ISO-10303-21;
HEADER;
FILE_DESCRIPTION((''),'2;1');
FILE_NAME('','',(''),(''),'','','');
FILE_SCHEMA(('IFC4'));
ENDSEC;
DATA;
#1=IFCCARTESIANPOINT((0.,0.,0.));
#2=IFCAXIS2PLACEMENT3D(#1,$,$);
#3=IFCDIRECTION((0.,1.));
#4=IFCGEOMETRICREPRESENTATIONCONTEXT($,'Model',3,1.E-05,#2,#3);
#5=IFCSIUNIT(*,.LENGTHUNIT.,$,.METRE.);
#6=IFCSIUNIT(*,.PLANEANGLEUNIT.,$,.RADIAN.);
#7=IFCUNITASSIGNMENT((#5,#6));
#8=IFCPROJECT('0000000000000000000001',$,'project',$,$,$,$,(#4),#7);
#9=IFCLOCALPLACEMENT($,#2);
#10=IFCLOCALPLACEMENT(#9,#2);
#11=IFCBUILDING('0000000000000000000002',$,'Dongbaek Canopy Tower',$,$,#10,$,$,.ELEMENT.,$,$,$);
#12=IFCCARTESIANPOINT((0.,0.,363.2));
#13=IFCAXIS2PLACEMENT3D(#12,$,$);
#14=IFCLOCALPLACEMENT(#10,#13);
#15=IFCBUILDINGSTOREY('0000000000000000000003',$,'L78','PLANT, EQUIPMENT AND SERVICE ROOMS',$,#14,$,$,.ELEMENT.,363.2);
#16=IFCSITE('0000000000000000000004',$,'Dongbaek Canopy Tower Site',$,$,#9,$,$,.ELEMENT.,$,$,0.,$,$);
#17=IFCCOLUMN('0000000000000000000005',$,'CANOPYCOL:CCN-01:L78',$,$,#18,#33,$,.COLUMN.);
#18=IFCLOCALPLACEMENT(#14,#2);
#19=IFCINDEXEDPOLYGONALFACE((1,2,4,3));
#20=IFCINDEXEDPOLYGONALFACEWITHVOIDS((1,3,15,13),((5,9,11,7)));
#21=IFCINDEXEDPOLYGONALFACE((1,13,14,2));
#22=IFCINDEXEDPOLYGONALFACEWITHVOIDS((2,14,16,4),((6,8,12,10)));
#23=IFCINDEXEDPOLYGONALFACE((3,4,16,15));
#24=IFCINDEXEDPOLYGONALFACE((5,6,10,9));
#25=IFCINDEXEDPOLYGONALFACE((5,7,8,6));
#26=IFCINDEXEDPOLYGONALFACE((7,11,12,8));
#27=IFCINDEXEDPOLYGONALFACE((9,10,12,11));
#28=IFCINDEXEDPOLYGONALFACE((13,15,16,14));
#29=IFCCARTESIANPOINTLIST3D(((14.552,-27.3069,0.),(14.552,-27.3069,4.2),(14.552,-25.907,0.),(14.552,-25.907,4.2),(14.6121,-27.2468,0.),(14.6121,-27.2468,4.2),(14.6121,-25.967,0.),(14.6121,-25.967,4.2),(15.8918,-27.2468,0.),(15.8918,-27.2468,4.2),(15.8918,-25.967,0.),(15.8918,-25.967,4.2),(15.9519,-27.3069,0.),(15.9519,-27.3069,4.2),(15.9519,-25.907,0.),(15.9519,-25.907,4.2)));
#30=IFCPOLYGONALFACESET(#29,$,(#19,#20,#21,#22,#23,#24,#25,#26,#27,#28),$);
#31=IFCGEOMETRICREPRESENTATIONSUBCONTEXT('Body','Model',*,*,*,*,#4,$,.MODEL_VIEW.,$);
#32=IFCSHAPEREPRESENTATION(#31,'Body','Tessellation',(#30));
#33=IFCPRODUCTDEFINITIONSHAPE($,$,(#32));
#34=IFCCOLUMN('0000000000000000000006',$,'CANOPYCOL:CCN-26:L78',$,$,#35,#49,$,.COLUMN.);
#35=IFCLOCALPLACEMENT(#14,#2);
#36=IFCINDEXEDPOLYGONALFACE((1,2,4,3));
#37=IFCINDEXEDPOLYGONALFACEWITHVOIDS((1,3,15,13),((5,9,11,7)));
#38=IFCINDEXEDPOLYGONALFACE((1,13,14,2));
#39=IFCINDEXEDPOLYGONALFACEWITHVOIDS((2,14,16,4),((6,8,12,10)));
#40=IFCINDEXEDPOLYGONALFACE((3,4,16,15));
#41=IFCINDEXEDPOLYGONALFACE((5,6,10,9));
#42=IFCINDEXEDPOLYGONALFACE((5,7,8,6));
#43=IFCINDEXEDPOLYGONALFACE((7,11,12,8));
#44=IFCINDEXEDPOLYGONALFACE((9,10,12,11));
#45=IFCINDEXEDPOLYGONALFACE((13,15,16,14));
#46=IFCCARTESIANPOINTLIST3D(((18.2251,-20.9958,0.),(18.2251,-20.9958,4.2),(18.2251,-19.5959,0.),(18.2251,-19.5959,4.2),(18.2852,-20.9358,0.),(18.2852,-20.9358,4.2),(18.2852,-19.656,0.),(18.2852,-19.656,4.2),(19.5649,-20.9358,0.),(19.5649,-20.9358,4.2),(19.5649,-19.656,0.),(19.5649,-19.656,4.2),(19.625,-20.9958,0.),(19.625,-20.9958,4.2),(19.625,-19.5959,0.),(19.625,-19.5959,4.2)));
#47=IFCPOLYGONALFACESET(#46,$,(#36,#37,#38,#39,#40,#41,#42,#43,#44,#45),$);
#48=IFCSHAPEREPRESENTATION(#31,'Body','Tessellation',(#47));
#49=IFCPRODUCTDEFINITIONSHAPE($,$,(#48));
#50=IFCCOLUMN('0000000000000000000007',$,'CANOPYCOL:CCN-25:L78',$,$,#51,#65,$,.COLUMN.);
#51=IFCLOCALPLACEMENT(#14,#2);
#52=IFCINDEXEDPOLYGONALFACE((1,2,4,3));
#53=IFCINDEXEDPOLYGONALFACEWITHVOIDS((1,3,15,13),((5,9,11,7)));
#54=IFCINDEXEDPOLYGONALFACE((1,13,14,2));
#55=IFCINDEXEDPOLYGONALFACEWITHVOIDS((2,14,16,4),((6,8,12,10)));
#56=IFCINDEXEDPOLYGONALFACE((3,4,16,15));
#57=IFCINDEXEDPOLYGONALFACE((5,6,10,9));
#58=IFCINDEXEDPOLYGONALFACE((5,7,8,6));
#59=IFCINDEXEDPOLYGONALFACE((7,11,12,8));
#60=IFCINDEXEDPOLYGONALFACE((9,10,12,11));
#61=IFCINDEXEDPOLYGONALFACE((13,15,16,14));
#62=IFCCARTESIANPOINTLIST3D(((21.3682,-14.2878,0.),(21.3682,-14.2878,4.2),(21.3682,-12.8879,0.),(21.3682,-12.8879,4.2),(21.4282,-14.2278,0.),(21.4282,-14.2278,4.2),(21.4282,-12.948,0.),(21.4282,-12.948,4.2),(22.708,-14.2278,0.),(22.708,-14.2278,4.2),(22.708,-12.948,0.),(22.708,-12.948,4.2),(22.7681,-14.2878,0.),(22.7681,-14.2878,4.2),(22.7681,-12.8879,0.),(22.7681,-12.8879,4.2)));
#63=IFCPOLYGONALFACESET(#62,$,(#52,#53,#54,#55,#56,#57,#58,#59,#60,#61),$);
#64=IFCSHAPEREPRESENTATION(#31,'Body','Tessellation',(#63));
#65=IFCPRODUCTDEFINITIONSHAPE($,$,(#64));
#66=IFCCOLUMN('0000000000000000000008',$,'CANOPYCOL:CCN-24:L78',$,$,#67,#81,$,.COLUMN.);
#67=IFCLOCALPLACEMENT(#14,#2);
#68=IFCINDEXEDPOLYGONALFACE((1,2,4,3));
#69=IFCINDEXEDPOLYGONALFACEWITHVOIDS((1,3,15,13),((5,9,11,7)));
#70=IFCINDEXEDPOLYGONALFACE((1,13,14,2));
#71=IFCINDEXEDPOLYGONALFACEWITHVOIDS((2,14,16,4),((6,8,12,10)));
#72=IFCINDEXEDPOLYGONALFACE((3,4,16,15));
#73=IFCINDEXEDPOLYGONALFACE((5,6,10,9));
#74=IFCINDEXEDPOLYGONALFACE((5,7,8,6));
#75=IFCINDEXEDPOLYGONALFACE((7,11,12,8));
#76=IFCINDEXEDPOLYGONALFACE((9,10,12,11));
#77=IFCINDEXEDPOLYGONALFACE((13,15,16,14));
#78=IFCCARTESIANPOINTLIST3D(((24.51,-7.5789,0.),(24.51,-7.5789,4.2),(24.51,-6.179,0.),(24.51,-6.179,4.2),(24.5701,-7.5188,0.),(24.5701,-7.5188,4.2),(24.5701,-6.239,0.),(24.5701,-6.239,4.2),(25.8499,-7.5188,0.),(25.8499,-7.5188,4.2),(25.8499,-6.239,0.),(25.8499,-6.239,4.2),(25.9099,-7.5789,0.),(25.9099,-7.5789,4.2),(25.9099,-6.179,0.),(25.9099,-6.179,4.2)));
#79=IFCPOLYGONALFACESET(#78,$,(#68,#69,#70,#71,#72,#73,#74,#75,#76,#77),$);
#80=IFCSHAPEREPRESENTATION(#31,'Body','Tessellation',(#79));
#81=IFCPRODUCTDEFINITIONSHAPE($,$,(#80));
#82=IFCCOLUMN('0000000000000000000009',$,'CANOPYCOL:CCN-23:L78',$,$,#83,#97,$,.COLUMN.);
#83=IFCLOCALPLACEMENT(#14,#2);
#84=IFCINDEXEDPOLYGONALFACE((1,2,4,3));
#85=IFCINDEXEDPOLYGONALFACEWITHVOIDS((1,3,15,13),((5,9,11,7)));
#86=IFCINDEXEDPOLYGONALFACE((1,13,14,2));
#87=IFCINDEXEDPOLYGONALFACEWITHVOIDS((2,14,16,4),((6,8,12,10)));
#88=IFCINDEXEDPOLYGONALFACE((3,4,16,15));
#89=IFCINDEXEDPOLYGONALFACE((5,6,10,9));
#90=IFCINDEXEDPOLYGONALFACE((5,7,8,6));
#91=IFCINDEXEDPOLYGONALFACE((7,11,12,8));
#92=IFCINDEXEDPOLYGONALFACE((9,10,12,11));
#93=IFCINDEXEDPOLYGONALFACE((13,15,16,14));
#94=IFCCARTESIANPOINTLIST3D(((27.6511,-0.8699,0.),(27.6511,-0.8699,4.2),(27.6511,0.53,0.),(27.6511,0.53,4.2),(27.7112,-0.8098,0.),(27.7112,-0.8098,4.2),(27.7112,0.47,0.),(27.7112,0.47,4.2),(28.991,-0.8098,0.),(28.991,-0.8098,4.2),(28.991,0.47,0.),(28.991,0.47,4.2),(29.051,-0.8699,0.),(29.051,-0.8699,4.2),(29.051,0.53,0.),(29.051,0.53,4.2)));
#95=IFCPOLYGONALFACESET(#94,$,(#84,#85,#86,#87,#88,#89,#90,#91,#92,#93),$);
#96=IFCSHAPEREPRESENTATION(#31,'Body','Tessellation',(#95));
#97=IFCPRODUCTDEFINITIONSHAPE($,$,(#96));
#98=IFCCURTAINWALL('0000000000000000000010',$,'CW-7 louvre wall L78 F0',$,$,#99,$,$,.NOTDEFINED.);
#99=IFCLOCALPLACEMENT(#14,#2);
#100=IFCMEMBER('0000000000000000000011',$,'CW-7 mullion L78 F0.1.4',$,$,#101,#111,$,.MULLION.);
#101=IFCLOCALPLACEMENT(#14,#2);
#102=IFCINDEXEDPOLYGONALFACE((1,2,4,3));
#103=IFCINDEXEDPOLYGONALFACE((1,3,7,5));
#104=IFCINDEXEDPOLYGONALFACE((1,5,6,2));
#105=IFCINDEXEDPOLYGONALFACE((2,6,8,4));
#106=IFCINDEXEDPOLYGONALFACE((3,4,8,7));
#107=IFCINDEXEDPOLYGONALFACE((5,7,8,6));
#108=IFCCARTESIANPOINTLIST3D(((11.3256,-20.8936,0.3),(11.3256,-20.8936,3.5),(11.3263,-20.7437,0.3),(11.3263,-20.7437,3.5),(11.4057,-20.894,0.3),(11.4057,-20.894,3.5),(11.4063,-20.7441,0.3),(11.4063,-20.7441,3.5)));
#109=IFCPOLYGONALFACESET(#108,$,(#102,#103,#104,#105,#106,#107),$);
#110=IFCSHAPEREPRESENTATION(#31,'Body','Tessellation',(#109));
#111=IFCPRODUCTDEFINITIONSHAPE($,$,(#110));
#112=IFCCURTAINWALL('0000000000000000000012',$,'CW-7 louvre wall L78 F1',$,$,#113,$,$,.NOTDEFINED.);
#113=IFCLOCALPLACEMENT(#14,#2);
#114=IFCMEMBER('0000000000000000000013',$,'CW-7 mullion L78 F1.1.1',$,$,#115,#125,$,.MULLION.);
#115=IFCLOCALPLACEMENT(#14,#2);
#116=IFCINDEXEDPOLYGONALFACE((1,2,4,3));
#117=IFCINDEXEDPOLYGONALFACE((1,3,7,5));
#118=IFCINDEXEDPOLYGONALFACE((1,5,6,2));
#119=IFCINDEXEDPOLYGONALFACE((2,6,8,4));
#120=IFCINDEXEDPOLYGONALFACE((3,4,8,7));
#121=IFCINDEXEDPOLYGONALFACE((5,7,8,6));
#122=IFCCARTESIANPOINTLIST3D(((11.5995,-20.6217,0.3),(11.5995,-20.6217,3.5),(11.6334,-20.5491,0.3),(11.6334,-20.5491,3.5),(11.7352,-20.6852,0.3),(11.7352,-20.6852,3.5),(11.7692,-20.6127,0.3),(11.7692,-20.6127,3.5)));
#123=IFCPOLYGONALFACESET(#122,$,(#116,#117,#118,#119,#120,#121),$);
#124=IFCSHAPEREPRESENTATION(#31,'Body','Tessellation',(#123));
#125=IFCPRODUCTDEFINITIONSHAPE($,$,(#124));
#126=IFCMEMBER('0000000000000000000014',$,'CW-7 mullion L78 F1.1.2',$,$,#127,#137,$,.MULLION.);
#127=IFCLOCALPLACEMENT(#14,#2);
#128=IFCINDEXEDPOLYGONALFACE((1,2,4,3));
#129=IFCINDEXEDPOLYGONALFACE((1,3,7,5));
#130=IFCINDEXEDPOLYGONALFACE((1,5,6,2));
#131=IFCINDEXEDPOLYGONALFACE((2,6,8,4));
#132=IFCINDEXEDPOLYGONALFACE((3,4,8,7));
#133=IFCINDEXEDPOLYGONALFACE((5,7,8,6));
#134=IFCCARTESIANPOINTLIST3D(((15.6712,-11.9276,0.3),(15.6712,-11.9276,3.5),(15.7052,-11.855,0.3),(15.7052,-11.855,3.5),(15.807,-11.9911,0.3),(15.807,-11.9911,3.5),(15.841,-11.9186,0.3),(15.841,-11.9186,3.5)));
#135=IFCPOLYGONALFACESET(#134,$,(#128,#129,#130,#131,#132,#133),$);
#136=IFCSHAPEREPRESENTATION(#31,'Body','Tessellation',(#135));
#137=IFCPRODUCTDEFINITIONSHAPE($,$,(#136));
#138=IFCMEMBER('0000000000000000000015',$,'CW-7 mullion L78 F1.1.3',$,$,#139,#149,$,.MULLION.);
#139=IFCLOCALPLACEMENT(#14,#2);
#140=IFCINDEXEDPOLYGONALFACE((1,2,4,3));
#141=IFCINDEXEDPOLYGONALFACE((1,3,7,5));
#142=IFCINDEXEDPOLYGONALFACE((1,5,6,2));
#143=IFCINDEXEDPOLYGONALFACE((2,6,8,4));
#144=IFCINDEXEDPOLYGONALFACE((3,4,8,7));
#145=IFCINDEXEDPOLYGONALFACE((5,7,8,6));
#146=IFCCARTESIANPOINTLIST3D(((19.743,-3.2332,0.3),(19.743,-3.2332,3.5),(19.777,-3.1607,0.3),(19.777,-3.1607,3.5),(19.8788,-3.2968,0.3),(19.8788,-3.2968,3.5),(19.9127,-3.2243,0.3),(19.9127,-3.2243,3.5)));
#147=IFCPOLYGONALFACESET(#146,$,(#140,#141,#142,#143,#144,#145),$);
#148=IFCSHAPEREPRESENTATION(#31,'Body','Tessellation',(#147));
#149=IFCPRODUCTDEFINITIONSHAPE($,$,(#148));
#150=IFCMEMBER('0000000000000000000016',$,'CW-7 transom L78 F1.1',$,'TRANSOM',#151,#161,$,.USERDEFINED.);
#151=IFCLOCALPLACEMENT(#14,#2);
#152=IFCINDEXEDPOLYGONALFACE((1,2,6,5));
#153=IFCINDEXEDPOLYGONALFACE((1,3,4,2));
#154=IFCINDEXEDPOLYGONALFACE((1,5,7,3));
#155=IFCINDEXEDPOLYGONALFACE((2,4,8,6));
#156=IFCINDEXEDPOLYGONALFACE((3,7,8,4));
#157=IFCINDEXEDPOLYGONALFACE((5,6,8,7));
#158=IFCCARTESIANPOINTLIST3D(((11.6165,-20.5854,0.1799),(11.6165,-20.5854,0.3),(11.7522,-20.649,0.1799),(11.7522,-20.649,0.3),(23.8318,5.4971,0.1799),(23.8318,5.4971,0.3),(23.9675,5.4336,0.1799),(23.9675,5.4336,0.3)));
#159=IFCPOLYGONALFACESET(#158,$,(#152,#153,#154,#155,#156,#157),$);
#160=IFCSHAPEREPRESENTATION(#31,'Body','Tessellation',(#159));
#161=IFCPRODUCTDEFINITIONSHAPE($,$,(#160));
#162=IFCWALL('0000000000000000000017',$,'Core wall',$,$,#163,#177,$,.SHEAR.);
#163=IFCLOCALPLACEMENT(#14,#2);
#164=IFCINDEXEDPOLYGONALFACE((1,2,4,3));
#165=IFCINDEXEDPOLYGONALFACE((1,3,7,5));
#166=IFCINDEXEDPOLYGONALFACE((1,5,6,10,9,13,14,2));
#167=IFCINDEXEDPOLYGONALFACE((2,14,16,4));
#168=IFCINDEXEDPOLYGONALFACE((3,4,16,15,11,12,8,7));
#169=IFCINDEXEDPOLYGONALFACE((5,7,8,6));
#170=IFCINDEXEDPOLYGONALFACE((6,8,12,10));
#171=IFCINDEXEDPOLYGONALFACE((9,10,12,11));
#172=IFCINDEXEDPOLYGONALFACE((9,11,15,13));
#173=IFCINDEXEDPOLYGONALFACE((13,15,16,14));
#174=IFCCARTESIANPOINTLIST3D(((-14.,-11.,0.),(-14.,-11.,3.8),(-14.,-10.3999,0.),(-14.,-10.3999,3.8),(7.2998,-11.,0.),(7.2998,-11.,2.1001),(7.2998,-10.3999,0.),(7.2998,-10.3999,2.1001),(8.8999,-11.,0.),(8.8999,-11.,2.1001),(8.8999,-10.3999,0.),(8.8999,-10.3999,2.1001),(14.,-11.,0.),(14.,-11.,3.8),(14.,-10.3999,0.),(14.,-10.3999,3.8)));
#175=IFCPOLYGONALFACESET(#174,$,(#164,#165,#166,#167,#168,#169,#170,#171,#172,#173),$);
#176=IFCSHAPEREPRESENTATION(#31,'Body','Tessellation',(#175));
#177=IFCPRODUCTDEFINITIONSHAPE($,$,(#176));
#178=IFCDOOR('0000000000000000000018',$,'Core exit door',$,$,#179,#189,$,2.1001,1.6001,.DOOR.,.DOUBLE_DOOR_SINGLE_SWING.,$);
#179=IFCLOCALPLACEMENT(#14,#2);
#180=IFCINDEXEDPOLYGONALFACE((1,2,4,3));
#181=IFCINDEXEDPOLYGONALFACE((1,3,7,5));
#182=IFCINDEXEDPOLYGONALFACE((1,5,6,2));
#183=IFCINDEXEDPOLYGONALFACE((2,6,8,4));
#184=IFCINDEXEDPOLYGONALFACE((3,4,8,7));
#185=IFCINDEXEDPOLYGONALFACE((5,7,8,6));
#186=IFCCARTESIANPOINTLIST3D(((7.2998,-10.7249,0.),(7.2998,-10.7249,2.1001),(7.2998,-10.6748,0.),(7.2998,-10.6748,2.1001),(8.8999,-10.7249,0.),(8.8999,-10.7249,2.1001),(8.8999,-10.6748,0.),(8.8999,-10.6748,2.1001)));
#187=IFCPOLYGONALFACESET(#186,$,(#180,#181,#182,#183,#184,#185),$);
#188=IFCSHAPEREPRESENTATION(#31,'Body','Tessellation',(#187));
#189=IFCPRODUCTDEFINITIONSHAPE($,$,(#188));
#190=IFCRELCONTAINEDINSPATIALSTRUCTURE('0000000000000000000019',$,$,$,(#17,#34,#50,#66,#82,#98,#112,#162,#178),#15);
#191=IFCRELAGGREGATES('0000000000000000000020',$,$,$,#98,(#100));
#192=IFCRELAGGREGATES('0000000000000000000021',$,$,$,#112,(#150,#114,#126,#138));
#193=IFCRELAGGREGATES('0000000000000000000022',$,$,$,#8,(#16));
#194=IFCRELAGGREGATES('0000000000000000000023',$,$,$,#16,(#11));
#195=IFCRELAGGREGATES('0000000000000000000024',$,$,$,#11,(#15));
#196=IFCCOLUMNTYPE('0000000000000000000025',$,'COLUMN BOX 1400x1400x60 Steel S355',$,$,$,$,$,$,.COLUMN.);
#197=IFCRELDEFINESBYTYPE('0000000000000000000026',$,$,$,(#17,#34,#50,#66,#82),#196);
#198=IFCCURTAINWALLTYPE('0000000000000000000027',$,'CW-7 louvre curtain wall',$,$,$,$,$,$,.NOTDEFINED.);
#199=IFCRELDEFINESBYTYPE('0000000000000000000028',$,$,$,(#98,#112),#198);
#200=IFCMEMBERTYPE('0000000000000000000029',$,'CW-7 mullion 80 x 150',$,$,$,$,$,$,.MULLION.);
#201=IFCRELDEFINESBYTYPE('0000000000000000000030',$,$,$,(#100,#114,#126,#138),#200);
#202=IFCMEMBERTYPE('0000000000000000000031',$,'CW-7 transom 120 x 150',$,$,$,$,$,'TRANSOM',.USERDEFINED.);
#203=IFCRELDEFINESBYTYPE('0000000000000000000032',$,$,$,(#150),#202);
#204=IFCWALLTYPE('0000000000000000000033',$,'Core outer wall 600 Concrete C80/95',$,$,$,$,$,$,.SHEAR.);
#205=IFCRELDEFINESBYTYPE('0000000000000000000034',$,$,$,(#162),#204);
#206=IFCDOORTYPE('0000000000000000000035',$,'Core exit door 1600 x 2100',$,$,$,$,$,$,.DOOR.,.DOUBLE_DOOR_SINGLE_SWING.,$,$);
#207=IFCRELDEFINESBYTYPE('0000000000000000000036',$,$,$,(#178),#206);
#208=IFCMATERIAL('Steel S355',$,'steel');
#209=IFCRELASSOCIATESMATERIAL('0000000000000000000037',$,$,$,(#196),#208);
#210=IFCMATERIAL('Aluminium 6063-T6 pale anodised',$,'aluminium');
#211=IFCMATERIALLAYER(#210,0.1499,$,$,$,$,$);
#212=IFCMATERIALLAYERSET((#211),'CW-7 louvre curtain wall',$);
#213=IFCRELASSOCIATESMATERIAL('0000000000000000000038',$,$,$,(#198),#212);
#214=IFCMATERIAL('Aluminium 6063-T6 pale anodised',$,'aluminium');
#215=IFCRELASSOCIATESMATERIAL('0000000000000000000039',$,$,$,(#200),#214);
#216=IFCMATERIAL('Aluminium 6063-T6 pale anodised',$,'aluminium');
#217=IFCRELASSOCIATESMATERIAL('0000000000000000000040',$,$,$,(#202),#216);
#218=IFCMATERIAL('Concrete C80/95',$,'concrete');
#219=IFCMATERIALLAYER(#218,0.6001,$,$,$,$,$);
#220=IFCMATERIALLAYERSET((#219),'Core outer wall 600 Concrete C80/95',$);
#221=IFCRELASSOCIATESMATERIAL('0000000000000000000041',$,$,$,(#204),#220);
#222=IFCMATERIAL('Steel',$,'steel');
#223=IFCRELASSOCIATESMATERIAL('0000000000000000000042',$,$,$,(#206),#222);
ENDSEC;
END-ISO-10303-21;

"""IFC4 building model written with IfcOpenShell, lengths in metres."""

from ifc_helpers import new_model, si_unit, direction, frame, frame_2d, origin, origin_2d, place, context, subcontext, project, spatial, rectangle, hollow_rectangle, extrude, material, layer, layer_set, material_profile, profile_set, type_object, element, fill, aggregate, save


model = new_model("IFC4")

# Units and contexts
model_context = context("Model", 3, precision=1e-05, world=origin(), true_north=direction((0.0, 1.0)))
body_context = subcontext(model_context, "Body", "Model", "MODEL_VIEW")
ifc_project = project(units=[si_unit("LENGTHUNIT", "METRE"), si_unit("PLANEANGLEUNIT", "RADIAN")], contexts=[model_context])

# Site, building, storey
site_placement = place(None, origin())
site = spatial("IfcSite", under=ifc_project, at=site_placement, Name="Dongbaek Canopy Tower Site", CompositionType="ELEMENT", RefElevation=0.0)
building_placement = place(site_placement, origin())
building = spatial("IfcBuilding", under=site, at=building_placement, Name="Dongbaek Canopy Tower", CompositionType="ELEMENT")
storey_placement = place(building_placement, frame((0.0, 0.0, 363.2)))
storey = spatial("IfcBuildingStorey", under=building, at=storey_placement, Name="L78", Description="PLANT, EQUIPMENT AND SERVICE ROOMS", CompositionType="ELEMENT", Elevation=363.2)

# Columns
ifc_material_1 = material(Name="Steel S355", Category="steel")
ifc_material_profile_1 = material_profile(ifc_material_1, hollow_rectangle(XDim=1.3999, YDim=1.3999, WallThickness=0.0601, at=origin_2d()), Name="COLUMN BOX 1400x1400x60 Steel S355")
ifc_profile_set_1 = profile_set([ifc_material_profile_1], Name="Steel S355")
column_type = type_object("IfcColumnType", Name="COLUMN BOX 1400x1400x60 Steel S355", PredefinedType="COLUMN", material=ifc_profile_set_1)
for number, where, z_axis, x_axis, name in (
    (1, (15.252, -26.6069, 0.0), (0.0, 0.0, 1.0), (1.0, 0.0, 0.0), "CANOPYCOL:CCN-01:L78"),
    (2, (18.925, -20.2959, 0.0), (0.0, 0.0, 1.0), (1.0, 0.0, 0.0), "CANOPYCOL:CCN-26:L78"),
    (3, (22.0681, -13.5879, 0.0), (0.0, 0.0, 1.0), (1.0, 0.0, 0.0), "CANOPYCOL:CCN-25:L78"),
    (4, (25.21, -6.8789, 0.0), (0.0, 0.0, 1.0), (1.0, 0.0, 0.0), "CANOPYCOL:CCN-24:L78"),
    (5, (28.3511, -0.1699, 0.0), (0.0, 0.0, 1.0), (1.0, 0.0, 0.0), "CANOPYCOL:CCN-23:L78"),
):
    element("IfcColumn", number, at=place(storey_placement, frame(where, z_axis=z_axis, x_axis=x_axis)), inside=storey, type_object=column_type, Name=name, PredefinedType="COLUMN", context=body_context, shape_type="SweptSolid", body=[
        extrude(hollow_rectangle(XDim=1.3999, YDim=1.3999, WallThickness=0.0601, at=origin_2d()), origin(), (0.0, 0.0, 1.0), 4.2),
    ])

# Curtain wall, member
ifc_material_2 = material(Name="Aluminium 6063-T6 pale anodised", Category="aluminium")
ifc_layer_1 = layer(ifc_material_2, 0.1499)
ifc_layer_set_1 = layer_set([ifc_layer_1], Name="CW-7 louvre curtain wall")
curtain_wall_type = type_object("IfcCurtainWallType", Name="CW-7 louvre curtain wall", PredefinedType="NOTDEFINED", material=ifc_layer_set_1)
curtain_wall_1_placement = place(storey_placement, origin())
curtain_wall_1 = element("IfcCurtainWall", 6, at=curtain_wall_1_placement, inside=storey, type_object=curtain_wall_type, Name="CW-7 louvre wall L78 F0", PredefinedType="NOTDEFINED")
ifc_material_3 = material(Name="Aluminium 6063-T6 pale anodised", Category="aluminium")
ifc_material_profile_2 = material_profile(ifc_material_3, rectangle(XDim=0.1499, YDim=0.0801, at=origin_2d()), Name="CW-7 mullion 80 x 150")
ifc_profile_set_2 = profile_set([ifc_material_profile_2], Name="Aluminium 6063-T6 pale anodised")
member_type_1 = type_object("IfcMemberType", Name="CW-7 mullion 80 x 150", PredefinedType="MULLION", material=ifc_profile_set_2)
member_1_placement = place(storey_placement, frame((11.366, -20.8188, 0.3), z_axis=(0.0, 0.0, 1.0), x_axis=(-0.004466, -0.99999, 0.0)))
member_1 = element("IfcMember", 7, at=member_1_placement, type_object=member_type_1, Name="CW-7 mullion L78 F0.1.4", PredefinedType="MULLION", context=body_context, shape_type="SweptSolid", body=[
    extrude(rectangle(XDim=0.1499, YDim=0.0801, at=origin_2d()), origin(), (0.0, 0.0, 1.0), 3.2),
])
aggregate(curtain_wall_1, [member_1])

# Curtain wall, members
curtain_wall_2_placement = place(storey_placement, origin())
curtain_wall_2 = element("IfcCurtainWall", 8, at=curtain_wall_2_placement, inside=storey, type_object=curtain_wall_type, Name="CW-7 louvre wall L78 F1", PredefinedType="NOTDEFINED")
member_2_placement = place(storey_placement, frame((11.6843, -20.6172, 0.3), z_axis=(0.0, 0.0, 1.0), x_axis=(0.905605, -0.424123, 0.0)))
member_2 = element("IfcMember", 9, at=member_2_placement, type_object=member_type_1, Name="CW-7 mullion L78 F1.1.1", PredefinedType="MULLION", context=body_context, shape_type="SweptSolid", body=[
    extrude(rectangle(XDim=0.1499, YDim=0.0801, at=origin_2d()), origin(), (0.0, 0.0, 1.0), 3.2),
])
member_3_placement = place(storey_placement, frame((15.7561, -11.9231, 0.3), z_axis=(0.0, 0.0, 1.0), x_axis=(0.905605, -0.424123, 0.0)))
member_3 = element("IfcMember", 10, at=member_3_placement, type_object=member_type_1, Name="CW-7 mullion L78 F1.1.2", PredefinedType="MULLION", context=body_context, shape_type="SweptSolid", body=[
    extrude(rectangle(XDim=0.1499, YDim=0.0801, at=origin_2d()), origin(), (0.0, 0.0, 1.0), 3.2),
])
member_4_placement = place(storey_placement, frame((19.8279, -3.2288, 0.3), z_axis=(0.0, 0.0, 1.0), x_axis=(0.905605, -0.424123, 0.0)))
member_4 = element("IfcMember", 11, at=member_4_placement, type_object=member_type_1, Name="CW-7 mullion L78 F1.1.3", PredefinedType="MULLION", context=body_context, shape_type="SweptSolid", body=[
    extrude(rectangle(XDim=0.1499, YDim=0.0801, at=origin_2d()), origin(), (0.0, 0.0, 1.0), 3.2),
])
ifc_material_4 = material(Name="Aluminium 6063-T6 pale anodised", Category="aluminium")
ifc_material_profile_3 = material_profile(ifc_material_4, rectangle(XDim=0.1499, YDim=0.1201, at=origin_2d()), Name="CW-7 transom 120 x 150")
ifc_profile_set_3 = profile_set([ifc_material_profile_3], Name="Aluminium 6063-T6 pale anodised")
member_type_2 = type_object("IfcMemberType", Name="CW-7 transom 120 x 150", ElementType="TRANSOM", PredefinedType="USERDEFINED", material=ifc_profile_set_3)
member_5_placement = place(storey_placement, frame((11.6843, -20.6172, 0.24), z_axis=(0.424125, 0.905604, 0.0), x_axis=(-0.905604, 0.424125, 0.0)))
member_5 = element("IfcMember", 12, at=member_5_placement, type_object=member_type_2, Name="CW-7 transom L78 F1.1", ObjectType="TRANSOM", PredefinedType="USERDEFINED", context=body_context, shape_type="SweptSolid", body=[
    extrude(rectangle(XDim=0.1499, YDim=0.1201, at=origin_2d()), origin(), (0.0, 0.0, 1.0), 28.8013),
])

# Wall, opening, door
ifc_material_5 = material(Name="Concrete C80/95", Category="concrete")
ifc_layer_2 = layer(ifc_material_5, 0.6001)
ifc_layer_set_2 = layer_set([ifc_layer_2], Name="Core outer wall 600 Concrete C80/95")
wall_type_1 = type_object("IfcWallType", Name="Core outer wall 600 Concrete C80/95", PredefinedType="SHEAR", material=ifc_layer_set_2)
wall_1_placement = place(storey_placement, frame((14.0, -10.7, 0.0), z_axis=(0.0, 0.0, 1.0), x_axis=(-1.0, 0.0, 0.0)))
wall_1 = element("IfcWall", 13, at=wall_1_placement, inside=storey, type_object=wall_type_1, Name="Core wall", PredefinedType="SHEAR", context=body_context, shape_type="SweptSolid", body=[
    extrude(rectangle(XDim=28.0, YDim=0.6001, at=frame_2d((14.0, 0.0))), origin(), (0.0, 0.0, 1.0), 3.8),
])
opening_1_placement = place(wall_1_placement, frame((5.1001, 0.0, 0.0)))
opening_1 = element("IfcOpeningElement", 14, at=opening_1_placement, cuts=wall_1, PredefinedType="OPENING", context=body_context, shape_type="SweptSolid", body=[
    extrude(rectangle(XDim=1.6001, YDim=2.1001, at=frame_2d((0.8, 1.05))), frame((0.0, 0.3101, 0.0), z_axis=(0.0, -1.0, 0.0), x_axis=(1.0, 0.0, 0.0)), (0.0, 0.0, 1.0), 0.6201),
])
ifc_material_6 = material(Name="Steel", Category="steel")
door_type_1 = type_object("IfcDoorType", Name="Core exit door 1600 x 2100", OperationType="DOUBLE_DOOR_SINGLE_SWING", PredefinedType="DOOR", material=ifc_material_6)
door_1_placement = place(opening_1_placement, origin())
door_1 = element("IfcDoor", 15, at=door_1_placement, inside=storey, type_object=door_type_1, Name="Core exit door", OperationType="DOUBLE_DOOR_SINGLE_SWING", OverallHeight=2.1001, OverallWidth=1.6001, PredefinedType="DOOR", context=body_context, shape_type="SweptSolid", body=[
    extrude(rectangle(XDim=1.6001, YDim=2.1001, at=frame_2d((0.8, 1.05))), frame((0.0, 0.0249, 0.0), z_axis=(0.0, -1.0, 0.0), x_axis=(1.0, 0.0, 0.0)), (0.0, 0.0, 1.0), 0.05),
])
fill(opening_1, door_1)

aggregate(curtain_wall_2, [member_5, member_2, member_3, member_4])

save(model, "model.ifc")
